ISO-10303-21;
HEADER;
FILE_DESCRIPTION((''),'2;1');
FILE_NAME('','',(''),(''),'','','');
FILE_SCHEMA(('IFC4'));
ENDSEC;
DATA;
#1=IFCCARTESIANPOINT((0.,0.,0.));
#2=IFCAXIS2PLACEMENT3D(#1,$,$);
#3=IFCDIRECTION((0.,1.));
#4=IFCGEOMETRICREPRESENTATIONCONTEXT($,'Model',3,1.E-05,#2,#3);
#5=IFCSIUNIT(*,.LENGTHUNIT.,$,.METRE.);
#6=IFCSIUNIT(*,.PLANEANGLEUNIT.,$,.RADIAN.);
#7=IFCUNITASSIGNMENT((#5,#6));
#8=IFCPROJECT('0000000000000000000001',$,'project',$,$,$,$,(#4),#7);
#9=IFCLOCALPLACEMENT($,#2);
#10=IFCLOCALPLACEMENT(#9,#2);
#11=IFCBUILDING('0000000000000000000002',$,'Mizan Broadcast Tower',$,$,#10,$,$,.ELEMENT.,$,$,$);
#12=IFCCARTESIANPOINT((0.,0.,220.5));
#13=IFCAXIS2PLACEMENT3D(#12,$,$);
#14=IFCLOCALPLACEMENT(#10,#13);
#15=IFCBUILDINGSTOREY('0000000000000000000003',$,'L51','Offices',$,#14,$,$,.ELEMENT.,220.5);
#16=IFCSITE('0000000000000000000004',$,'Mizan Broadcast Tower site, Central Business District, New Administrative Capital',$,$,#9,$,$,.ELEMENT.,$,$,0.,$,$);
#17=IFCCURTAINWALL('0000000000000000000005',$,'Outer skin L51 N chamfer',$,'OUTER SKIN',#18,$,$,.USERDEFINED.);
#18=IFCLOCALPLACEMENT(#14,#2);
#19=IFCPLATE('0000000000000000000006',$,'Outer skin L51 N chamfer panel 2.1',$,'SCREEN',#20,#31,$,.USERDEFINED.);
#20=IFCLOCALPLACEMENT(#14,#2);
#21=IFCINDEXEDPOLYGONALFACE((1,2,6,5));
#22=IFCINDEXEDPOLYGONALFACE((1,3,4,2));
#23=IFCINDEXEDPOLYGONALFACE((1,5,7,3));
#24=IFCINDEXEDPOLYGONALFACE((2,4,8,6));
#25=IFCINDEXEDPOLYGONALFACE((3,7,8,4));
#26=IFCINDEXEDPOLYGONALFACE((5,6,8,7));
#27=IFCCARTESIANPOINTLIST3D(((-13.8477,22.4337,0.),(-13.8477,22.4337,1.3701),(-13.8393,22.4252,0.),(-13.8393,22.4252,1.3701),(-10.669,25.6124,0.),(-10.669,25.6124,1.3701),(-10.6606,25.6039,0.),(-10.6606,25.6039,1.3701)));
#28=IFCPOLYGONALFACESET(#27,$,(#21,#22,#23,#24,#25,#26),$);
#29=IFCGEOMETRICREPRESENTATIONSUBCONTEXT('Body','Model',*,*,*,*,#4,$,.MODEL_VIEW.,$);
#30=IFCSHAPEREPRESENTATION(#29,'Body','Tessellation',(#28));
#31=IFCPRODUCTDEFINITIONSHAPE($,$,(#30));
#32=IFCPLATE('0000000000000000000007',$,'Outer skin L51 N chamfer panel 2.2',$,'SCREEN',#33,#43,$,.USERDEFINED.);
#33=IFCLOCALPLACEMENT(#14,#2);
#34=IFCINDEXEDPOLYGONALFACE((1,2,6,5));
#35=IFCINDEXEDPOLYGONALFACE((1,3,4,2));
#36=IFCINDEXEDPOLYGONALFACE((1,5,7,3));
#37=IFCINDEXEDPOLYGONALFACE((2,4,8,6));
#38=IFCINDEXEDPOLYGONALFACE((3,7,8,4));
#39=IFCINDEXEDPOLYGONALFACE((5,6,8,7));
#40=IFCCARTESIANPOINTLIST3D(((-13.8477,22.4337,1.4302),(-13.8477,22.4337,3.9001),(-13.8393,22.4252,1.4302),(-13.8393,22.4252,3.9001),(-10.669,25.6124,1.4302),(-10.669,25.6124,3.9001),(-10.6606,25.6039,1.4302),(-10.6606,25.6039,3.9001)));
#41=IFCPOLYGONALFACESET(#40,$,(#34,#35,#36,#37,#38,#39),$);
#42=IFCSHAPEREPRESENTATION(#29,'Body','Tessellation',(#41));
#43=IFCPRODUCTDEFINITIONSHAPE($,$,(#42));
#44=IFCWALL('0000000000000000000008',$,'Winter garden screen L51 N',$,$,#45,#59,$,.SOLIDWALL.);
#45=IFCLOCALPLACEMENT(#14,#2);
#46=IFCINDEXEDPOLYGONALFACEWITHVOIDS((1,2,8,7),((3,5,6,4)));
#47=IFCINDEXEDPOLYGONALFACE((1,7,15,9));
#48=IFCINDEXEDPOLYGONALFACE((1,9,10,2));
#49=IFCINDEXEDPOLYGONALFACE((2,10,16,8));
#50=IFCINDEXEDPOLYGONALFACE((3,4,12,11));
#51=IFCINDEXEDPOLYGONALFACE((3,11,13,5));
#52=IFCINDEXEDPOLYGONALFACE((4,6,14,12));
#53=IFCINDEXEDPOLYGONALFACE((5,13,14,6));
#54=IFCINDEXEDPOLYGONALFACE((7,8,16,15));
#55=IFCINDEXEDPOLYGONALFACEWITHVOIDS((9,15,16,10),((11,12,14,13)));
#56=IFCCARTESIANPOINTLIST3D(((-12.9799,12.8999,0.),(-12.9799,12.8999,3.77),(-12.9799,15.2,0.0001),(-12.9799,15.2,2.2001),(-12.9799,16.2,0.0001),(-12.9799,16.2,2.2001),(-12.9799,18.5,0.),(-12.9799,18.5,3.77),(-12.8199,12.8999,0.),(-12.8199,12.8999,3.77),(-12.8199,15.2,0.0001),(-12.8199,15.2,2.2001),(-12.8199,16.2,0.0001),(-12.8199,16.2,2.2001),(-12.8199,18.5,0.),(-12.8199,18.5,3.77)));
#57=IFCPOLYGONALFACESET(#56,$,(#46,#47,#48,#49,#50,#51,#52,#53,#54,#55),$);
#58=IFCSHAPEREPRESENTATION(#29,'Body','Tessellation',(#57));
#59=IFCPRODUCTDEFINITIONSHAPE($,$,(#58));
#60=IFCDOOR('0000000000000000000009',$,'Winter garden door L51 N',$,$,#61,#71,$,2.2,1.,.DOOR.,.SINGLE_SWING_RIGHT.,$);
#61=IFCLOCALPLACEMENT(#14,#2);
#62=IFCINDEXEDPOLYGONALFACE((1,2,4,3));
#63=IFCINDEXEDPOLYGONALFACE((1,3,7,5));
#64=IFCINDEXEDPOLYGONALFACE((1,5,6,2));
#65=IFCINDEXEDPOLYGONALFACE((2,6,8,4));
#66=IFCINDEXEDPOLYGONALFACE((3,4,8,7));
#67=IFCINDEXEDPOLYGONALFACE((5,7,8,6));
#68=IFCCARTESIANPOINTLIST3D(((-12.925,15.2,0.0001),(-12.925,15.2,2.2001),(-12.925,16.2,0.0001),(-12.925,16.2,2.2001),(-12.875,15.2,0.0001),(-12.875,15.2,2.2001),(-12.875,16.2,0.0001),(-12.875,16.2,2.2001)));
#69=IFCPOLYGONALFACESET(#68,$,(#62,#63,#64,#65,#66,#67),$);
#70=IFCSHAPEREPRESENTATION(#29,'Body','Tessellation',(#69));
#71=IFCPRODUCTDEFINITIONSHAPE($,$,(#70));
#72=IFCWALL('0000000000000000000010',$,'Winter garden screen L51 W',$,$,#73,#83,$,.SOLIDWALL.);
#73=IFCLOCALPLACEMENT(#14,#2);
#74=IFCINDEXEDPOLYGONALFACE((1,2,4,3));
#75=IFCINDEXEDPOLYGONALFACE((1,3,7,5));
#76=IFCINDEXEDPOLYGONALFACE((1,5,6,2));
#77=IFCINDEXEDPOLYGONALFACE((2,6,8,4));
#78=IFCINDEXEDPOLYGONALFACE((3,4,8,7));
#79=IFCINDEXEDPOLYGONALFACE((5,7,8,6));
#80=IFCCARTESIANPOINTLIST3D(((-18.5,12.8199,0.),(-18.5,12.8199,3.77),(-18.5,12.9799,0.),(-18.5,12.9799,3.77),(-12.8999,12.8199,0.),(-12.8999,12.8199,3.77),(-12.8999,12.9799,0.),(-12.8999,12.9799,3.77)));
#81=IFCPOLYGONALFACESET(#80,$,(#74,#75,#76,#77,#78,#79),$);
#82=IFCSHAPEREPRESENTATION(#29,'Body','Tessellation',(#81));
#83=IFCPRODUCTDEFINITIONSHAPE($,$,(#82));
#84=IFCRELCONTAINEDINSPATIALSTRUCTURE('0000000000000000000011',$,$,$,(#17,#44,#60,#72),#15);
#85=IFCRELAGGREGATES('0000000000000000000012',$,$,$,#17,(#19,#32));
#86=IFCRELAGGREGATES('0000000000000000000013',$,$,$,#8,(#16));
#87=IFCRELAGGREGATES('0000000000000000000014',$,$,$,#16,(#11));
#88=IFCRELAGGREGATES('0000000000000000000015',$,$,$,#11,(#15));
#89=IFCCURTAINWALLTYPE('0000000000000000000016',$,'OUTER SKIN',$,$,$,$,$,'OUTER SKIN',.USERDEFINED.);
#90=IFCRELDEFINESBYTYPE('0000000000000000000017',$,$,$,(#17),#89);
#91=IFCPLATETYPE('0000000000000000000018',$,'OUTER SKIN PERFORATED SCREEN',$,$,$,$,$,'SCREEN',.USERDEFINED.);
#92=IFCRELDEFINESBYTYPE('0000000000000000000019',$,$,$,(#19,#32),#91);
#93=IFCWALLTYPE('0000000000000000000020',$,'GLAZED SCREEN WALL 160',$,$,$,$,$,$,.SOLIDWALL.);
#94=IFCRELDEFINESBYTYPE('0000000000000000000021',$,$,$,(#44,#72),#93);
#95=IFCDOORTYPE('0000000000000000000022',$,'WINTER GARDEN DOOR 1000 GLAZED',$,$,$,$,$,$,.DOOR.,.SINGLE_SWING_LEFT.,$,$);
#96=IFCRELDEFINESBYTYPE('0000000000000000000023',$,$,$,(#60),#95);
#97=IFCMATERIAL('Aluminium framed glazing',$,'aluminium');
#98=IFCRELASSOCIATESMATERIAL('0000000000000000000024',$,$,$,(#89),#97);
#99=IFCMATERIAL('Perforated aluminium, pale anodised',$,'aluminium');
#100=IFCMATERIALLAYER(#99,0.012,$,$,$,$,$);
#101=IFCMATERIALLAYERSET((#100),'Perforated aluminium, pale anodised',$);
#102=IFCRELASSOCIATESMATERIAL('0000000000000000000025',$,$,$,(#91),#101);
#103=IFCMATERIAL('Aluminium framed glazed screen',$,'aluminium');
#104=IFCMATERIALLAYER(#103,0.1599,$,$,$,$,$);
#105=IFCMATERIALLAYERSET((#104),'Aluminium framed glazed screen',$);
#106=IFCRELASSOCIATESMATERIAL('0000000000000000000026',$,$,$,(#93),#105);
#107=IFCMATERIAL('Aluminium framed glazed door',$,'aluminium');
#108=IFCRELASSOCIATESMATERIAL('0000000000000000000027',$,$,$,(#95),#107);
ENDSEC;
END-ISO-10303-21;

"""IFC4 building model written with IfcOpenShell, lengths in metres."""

from ifc_helpers import new_model, si_unit, direction, frame, frame_2d, origin, origin_2d, place, context, subcontext, project, spatial, rectangle, extrude, material, layer, layer_set, type_object, element, fill, aggregate, save


model = new_model("IFC4")

# Units and contexts
model_context = context("Model", 3, precision=1e-05, world=origin(), true_north=direction((0.0, 1.0)))
body_context = subcontext(model_context, "Body", "Model", "MODEL_VIEW")
ifc_project = project(units=[si_unit("LENGTHUNIT", "METRE"), si_unit("PLANEANGLEUNIT", "RADIAN")], contexts=[model_context])

# Site, building, storey
site_placement = place(None, origin())
site = spatial("IfcSite", under=ifc_project, at=site_placement, Name="Mizan Broadcast Tower site, Central Business District, New Administrative Capital", CompositionType="ELEMENT", RefElevation=0.0)
building_placement = place(site_placement, origin())
building = spatial("IfcBuilding", under=site, at=building_placement, Name="Mizan Broadcast Tower", CompositionType="ELEMENT")
storey_placement = place(building_placement, frame((0.0, 0.0, 220.5)))
storey = spatial("IfcBuildingStorey", under=building, at=storey_placement, Name="L51", Description="Offices", CompositionType="ELEMENT", Elevation=220.5)

# Curtain wall
ifc_material_1 = material(Name="Aluminium framed glazing", Category="aluminium")
curtain_wall_type_1 = type_object("IfcCurtainWallType", Name="OUTER SKIN", ElementType="OUTER SKIN", PredefinedType="USERDEFINED", material=ifc_material_1)
curtain_wall_1_placement = place(storey_placement, origin())
curtain_wall_1 = element("IfcCurtainWall", 1, at=curtain_wall_1_placement, inside=storey, type_object=curtain_wall_type_1, Name="Outer skin L51 N chamfer", ObjectType="OUTER SKIN", PredefinedType="USERDEFINED")

# Plates
ifc_material_2 = material(Name="Perforated aluminium, pale anodised", Category="aluminium")
ifc_layer_1 = layer(ifc_material_2, 0.012)
ifc_layer_set_1 = layer_set([ifc_layer_1], Name="Perforated aluminium, pale anodised")
plate_type_1 = type_object("IfcPlateType", Name="OUTER SKIN PERFORATED SCREEN", ElementType="SCREEN", PredefinedType="USERDEFINED", material=ifc_layer_set_1)
plate_1_placement = place(storey_placement, frame((-12.2542, 24.0188, 0.0), z_axis=(0.0, 0.0, 1.0), x_axis=(-0.707107, -0.707107, 0.0)))
plate_1 = element("IfcPlate", 2, at=plate_1_placement, type_object=plate_type_1, Name="Outer skin L51 N chamfer panel 2.1", ObjectType="SCREEN", PredefinedType="USERDEFINED", context=body_context, shape_type="SweptSolid", body=[
    extrude(rectangle(XDim=4.4954, YDim=0.012, at=origin_2d()), origin(), (0.0, 0.0, 1.0), 1.3701),
])
plate_2_placement = place(storey_placement, frame((-12.2542, 24.0188, 1.4302), z_axis=(0.0, 0.0, 1.0), x_axis=(-0.707107, -0.707107, 0.0)))
plate_2 = element("IfcPlate", 3, at=plate_2_placement, type_object=plate_type_1, Name="Outer skin L51 N chamfer panel 2.2", ObjectType="SCREEN", PredefinedType="USERDEFINED", context=body_context, shape_type="SweptSolid", body=[
    extrude(rectangle(XDim=4.4954, YDim=0.012, at=origin_2d()), origin(), (0.0, 0.0, 1.0), 2.47),
])
aggregate(curtain_wall_1, [plate_1, plate_2])

# Wall, opening, door
ifc_material_3 = material(Name="Aluminium framed glazed screen", Category="aluminium")
ifc_layer_2 = layer(ifc_material_3, 0.1599)
ifc_layer_set_2 = layer_set([ifc_layer_2], Name="Aluminium framed glazed screen")
wall_type = type_object("IfcWallType", Name="GLAZED SCREEN WALL 160", PredefinedType="SOLIDWALL", material=ifc_layer_set_2)
wall_1_placement = place(storey_placement, frame((-12.8999, 18.5, 0.0), z_axis=(0.0, 0.0, 1.0), x_axis=(0.0, -1.0, 0.0)))
wall_1 = element("IfcWall", 4, at=wall_1_placement, inside=storey, type_object=wall_type, Name="Winter garden screen L51 N", PredefinedType="SOLIDWALL", context=body_context, shape_type="SweptSolid", body=[
    extrude(rectangle(XDim=5.6001, YDim=0.1599, at=frame_2d((2.8, 0.0))), origin(), (0.0, 0.0, 1.0), 3.77),
])
opening_placement = place(wall_1_placement, frame((2.3, 0.0, 0.0)))
opening = element("IfcOpeningElement", 5, at=opening_placement, cuts=wall_1, PredefinedType="OPENING", context=body_context, shape_type="SweptSolid", body=[
    extrude(rectangle(XDim=1.0, YDim=2.2, at=frame_2d((0.5, 1.1001))), frame((0.0, 0.0898, 0.0), z_axis=(0.0, -1.0, 0.0), x_axis=(1.0, 0.0, 0.0)), (0.0, 0.0, 1.0), 0.1799),
])
ifc_material_4 = material(Name="Aluminium framed glazed door", Category="aluminium")
door_type = type_object("IfcDoorType", Name="WINTER GARDEN DOOR 1000 GLAZED", OperationType="SINGLE_SWING_LEFT", PredefinedType="DOOR", material=ifc_material_4)
door_placement = place(opening_placement, origin())
door = element("IfcDoor", 6, at=door_placement, inside=storey, type_object=door_type, Name="Winter garden door L51 N", OperationType="SINGLE_SWING_RIGHT", OverallHeight=2.2, OverallWidth=1.0, PredefinedType="DOOR", context=body_context, shape_type="SweptSolid", body=[
    extrude(rectangle(XDim=1.0, YDim=2.2, at=frame_2d((0.5, 1.1001))), frame((0.0, 0.0249, 0.0), z_axis=(0.0, -1.0, 0.0), x_axis=(1.0, 0.0, 0.0)), (0.0, 0.0, 1.0), 0.05),
])
fill(opening, door)

# Wall
wall_2_placement = place(storey_placement, frame((-12.8999, 12.8999, 0.0), z_axis=(0.0, 0.0, 1.0), x_axis=(-1.0, 0.0, 0.0)))
element("IfcWall", 7, at=wall_2_placement, inside=storey, type_object=wall_type, Name="Winter garden screen L51 W", PredefinedType="SOLIDWALL", context=body_context, shape_type="SweptSolid", body=[
    extrude(rectangle(XDim=5.6001, YDim=0.1599, at=frame_2d((2.8, 0.0))), origin(), (0.0, 0.0, 1.0), 3.77),
])

save(model, "model.ifc")
